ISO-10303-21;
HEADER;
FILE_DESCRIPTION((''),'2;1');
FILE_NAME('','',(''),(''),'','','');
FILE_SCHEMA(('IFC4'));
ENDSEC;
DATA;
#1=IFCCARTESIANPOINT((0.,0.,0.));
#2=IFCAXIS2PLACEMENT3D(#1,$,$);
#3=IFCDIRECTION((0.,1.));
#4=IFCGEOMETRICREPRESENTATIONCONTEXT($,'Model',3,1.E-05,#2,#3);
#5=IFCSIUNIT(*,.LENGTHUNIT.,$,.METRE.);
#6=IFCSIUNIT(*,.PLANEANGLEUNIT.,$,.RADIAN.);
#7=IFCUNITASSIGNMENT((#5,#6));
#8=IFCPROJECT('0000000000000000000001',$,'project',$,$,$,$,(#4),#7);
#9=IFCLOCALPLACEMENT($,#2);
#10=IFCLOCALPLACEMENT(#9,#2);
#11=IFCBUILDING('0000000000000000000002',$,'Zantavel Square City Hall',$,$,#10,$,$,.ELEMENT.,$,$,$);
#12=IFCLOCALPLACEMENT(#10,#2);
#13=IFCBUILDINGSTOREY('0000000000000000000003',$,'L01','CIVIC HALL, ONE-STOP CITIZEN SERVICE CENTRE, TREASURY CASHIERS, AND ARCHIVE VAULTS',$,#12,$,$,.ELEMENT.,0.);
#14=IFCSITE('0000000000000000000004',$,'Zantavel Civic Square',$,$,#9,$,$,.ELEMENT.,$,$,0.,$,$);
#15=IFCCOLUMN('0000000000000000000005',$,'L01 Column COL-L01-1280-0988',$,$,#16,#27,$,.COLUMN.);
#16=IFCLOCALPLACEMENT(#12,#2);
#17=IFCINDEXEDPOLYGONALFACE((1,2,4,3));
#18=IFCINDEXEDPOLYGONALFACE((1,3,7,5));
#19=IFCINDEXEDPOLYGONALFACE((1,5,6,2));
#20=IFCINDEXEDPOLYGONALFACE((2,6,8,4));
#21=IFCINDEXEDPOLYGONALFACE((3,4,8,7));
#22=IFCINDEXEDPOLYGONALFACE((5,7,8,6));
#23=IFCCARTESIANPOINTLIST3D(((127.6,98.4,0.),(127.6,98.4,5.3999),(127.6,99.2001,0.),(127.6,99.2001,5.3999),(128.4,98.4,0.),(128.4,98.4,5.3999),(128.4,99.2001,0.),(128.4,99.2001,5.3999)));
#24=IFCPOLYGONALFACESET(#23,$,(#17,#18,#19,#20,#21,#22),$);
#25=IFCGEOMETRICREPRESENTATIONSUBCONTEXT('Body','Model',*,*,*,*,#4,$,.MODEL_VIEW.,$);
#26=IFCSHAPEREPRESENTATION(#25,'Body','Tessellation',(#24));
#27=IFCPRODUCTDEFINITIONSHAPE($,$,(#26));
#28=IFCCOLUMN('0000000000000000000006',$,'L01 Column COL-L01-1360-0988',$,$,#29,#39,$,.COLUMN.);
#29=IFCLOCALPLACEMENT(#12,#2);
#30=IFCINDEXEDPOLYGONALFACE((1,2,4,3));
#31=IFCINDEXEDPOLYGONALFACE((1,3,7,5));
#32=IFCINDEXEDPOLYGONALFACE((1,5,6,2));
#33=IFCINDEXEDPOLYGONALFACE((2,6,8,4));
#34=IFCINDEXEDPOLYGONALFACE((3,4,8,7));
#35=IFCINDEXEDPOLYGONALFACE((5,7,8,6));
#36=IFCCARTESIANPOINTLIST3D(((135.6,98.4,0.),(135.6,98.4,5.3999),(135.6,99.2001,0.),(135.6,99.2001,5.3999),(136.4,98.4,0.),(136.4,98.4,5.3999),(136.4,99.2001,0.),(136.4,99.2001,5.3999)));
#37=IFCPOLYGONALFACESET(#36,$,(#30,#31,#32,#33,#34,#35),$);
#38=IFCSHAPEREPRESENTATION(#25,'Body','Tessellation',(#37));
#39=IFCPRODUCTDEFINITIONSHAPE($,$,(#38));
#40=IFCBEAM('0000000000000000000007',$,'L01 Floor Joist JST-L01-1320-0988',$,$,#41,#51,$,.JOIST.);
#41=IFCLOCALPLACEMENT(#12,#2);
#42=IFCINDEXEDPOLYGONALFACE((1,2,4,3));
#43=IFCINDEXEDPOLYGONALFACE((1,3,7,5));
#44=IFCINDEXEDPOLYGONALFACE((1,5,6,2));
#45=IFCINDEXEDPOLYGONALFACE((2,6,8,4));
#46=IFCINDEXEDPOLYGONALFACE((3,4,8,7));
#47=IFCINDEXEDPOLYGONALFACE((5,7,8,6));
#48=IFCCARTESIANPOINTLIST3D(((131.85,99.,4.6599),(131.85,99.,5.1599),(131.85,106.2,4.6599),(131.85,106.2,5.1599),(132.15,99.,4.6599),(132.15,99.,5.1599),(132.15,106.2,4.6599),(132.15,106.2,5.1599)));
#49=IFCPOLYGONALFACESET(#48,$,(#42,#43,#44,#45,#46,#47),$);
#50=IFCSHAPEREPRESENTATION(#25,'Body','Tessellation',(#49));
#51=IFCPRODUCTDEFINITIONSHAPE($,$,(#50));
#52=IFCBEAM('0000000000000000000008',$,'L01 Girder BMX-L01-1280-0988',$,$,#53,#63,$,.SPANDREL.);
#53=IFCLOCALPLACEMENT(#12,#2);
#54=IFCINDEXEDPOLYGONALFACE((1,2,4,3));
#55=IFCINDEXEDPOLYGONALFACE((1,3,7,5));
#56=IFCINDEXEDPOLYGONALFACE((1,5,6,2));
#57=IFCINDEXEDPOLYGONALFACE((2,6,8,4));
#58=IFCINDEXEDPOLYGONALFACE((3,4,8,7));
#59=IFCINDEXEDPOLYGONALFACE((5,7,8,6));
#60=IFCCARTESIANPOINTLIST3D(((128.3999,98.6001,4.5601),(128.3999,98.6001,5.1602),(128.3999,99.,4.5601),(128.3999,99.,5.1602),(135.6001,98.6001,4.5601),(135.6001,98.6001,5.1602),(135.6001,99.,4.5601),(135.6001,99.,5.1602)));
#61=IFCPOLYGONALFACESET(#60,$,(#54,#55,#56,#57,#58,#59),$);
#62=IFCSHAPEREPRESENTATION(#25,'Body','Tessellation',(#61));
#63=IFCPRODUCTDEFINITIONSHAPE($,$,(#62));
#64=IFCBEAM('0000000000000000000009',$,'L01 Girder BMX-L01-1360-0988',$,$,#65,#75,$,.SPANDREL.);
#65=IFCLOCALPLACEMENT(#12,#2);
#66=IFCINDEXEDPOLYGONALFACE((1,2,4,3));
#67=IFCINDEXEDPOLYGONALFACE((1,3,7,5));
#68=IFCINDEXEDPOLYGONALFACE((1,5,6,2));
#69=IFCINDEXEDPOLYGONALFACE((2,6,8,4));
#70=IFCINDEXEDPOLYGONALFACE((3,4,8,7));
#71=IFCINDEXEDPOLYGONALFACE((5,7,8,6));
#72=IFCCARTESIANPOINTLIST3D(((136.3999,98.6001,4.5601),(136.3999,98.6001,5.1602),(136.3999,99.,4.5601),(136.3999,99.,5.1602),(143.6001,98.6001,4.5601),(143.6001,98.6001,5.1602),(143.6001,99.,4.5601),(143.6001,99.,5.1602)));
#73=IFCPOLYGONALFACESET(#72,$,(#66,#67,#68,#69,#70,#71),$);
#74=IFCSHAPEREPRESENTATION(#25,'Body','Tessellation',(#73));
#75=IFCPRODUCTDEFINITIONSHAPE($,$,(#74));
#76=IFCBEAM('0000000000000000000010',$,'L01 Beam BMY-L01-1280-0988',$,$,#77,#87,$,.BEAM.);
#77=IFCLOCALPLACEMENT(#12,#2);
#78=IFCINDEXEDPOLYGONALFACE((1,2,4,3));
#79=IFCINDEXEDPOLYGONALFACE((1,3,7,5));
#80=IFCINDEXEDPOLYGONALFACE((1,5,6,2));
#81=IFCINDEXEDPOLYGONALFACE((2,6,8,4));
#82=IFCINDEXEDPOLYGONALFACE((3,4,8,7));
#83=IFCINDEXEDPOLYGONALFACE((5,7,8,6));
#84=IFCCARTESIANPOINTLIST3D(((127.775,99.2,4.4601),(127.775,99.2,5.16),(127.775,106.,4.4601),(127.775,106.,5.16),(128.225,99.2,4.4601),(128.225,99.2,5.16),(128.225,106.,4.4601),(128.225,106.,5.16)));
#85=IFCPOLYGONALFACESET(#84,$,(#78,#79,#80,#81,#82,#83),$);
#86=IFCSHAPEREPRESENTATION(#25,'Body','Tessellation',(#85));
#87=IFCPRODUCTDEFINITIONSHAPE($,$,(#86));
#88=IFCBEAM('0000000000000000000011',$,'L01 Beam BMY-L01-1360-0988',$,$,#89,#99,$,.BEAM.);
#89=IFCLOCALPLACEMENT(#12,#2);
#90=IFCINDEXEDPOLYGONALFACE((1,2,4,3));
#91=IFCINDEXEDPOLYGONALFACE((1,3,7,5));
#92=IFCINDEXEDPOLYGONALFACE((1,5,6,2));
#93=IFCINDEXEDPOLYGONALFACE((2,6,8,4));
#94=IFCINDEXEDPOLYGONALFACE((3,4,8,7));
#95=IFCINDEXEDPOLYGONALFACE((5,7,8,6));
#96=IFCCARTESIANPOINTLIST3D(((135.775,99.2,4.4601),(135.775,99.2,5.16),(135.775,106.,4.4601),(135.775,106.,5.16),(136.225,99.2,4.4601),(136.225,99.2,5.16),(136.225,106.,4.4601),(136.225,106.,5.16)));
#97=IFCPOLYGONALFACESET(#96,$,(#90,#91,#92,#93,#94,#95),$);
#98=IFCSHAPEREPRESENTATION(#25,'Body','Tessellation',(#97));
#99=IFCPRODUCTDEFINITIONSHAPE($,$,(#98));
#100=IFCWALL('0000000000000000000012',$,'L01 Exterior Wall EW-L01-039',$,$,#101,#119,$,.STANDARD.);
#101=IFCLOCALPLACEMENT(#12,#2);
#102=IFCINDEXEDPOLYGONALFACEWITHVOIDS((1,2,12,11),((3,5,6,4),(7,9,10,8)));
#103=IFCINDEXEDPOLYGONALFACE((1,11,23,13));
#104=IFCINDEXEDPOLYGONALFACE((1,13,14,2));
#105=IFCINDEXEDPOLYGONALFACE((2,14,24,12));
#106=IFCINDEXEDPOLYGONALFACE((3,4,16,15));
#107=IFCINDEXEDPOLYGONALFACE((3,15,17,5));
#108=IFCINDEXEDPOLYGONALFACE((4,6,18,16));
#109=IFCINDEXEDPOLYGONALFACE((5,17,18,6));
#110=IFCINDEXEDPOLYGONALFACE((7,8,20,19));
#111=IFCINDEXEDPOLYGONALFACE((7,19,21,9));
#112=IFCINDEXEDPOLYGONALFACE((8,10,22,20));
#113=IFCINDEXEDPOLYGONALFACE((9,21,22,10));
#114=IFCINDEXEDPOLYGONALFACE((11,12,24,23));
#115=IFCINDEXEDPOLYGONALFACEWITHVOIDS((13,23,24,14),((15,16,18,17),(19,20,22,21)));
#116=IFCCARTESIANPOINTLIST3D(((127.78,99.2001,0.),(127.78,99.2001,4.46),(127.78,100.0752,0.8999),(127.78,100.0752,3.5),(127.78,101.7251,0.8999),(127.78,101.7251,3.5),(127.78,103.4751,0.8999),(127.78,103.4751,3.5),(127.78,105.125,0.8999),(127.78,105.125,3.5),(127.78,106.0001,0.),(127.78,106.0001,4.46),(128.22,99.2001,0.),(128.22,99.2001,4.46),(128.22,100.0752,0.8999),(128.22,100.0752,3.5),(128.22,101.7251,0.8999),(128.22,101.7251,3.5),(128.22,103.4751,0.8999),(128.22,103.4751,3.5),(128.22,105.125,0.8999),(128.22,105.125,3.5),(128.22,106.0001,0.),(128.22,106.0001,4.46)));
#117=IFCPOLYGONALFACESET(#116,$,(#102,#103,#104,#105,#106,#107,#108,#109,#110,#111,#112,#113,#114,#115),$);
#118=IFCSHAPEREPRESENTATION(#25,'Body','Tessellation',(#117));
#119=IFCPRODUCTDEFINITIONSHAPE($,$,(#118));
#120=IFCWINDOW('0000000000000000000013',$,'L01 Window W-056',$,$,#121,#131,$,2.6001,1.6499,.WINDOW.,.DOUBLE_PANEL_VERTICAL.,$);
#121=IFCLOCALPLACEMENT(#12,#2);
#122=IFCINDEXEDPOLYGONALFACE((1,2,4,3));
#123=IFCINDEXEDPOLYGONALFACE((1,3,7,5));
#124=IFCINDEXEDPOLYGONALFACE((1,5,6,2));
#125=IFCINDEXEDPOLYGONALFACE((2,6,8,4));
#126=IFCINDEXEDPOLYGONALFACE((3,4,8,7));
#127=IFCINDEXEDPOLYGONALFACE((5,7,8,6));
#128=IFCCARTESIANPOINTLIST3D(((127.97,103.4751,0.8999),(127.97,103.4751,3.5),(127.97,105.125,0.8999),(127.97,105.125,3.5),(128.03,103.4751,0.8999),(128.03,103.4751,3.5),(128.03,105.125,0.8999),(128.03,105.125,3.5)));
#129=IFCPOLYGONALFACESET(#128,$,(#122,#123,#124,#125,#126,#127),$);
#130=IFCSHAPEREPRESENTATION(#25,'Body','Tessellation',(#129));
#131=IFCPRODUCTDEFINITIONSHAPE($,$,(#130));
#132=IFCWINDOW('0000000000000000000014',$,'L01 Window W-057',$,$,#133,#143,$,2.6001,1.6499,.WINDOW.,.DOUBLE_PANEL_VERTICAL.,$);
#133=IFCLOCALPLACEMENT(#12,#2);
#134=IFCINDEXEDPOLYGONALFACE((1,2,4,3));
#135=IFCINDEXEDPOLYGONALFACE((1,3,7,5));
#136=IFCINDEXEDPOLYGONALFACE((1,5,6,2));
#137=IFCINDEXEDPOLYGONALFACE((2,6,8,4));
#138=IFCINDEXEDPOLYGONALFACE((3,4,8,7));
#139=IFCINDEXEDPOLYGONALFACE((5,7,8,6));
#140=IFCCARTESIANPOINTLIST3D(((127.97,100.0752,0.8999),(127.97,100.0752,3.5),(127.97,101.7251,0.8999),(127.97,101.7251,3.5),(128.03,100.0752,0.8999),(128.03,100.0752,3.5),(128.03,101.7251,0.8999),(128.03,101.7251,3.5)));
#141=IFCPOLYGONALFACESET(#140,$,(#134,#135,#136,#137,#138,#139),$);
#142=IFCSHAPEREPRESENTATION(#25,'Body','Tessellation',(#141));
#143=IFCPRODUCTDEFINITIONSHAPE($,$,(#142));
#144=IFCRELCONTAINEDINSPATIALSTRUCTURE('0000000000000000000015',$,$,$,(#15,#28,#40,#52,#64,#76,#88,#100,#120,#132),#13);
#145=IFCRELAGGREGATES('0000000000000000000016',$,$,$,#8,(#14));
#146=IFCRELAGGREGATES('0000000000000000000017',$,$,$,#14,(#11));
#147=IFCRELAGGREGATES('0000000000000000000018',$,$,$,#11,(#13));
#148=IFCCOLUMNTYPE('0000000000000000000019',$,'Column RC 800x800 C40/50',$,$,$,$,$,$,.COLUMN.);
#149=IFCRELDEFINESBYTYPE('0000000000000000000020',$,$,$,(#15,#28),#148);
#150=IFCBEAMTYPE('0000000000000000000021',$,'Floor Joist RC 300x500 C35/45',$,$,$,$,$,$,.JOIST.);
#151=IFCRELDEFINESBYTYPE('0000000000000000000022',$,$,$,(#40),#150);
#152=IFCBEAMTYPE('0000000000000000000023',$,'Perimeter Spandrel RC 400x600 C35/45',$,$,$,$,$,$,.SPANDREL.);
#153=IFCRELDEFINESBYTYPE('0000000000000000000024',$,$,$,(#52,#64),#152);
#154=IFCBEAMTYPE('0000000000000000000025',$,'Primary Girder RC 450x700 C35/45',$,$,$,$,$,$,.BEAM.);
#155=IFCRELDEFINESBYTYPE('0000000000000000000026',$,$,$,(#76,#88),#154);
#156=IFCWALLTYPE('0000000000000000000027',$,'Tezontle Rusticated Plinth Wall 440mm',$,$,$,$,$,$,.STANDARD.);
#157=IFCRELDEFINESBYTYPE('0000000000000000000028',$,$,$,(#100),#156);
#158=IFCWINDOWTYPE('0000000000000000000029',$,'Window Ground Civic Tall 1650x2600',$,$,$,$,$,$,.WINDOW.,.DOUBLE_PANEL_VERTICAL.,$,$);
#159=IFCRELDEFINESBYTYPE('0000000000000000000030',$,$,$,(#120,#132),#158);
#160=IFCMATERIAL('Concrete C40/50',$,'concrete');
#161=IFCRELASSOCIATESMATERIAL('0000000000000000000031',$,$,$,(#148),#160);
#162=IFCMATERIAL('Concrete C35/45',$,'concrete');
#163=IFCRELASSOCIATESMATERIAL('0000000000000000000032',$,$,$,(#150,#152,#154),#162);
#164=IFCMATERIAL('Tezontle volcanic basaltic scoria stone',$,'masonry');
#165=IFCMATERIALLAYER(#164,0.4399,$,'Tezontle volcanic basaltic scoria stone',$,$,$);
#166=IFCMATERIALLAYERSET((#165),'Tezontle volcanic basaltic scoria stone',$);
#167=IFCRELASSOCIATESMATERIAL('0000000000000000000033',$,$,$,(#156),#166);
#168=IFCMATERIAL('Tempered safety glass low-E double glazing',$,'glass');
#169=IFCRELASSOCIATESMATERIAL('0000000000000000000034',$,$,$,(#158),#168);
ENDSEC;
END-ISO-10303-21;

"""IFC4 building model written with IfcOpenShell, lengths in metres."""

from ifc_helpers import new_model, si_unit, direction, frame, frame_2d, origin, origin_2d, place, context, subcontext, project, spatial, rectangle, extrude, material, layer, layer_set, material_profile, profile_set, type_object, element, fill, save


model = new_model("IFC4")

# Units and contexts
model_context = context("Model", 3, precision=1e-05, world=origin(), true_north=direction((0.0, 1.0)))
body_context = subcontext(model_context, "Body", "Model", "MODEL_VIEW")
ifc_project = project(units=[si_unit("LENGTHUNIT", "METRE"), si_unit("PLANEANGLEUNIT", "RADIAN")], contexts=[model_context])

# Site, building, storey
site_placement = place(None, origin())
site = spatial("IfcSite", under=ifc_project, at=site_placement, Name="Zantavel Civic Square", CompositionType="ELEMENT", RefElevation=0.0)
building_placement = place(site_placement, origin())
building = spatial("IfcBuilding", under=site, at=building_placement, Name="Zantavel Square City Hall", CompositionType="ELEMENT")
storey_placement = place(building_placement, origin())
storey = spatial("IfcBuildingStorey", under=building, at=storey_placement, Name="L01", Description="CIVIC HALL, ONE-STOP CITIZEN SERVICE CENTRE, TREASURY CASHIERS, AND ARCHIVE VAULTS", CompositionType="ELEMENT", Elevation=0.0)

# Columns
ifc_material_1 = material(Name="Concrete C40/50", Category="concrete")
ifc_material_profile_1 = material_profile(ifc_material_1, rectangle(XDim=0.8, YDim=0.8, at=origin_2d()), Name="RC 800x800")
ifc_profile_set_1 = profile_set([ifc_material_profile_1], Name="Concrete C40/50")
column_type = type_object("IfcColumnType", Name="Column RC 800x800 C40/50", PredefinedType="COLUMN", material=ifc_profile_set_1)
for number, where, z_axis, x_axis, name in (
    (1, (128.0, 98.8, 0.0), (0.0, 0.0, 1.0), (1.0, 0.0, 0.0), "L01 Column COL-L01-1280-0988"),
    (2, (136.0, 98.8, 0.0), (0.0, 0.0, 1.0), (1.0, 0.0, 0.0), "L01 Column COL-L01-1360-0988"),
):
    element("IfcColumn", number, at=place(storey_placement, frame(where, z_axis=z_axis, x_axis=x_axis)), inside=storey, type_object=column_type, Name=name, PredefinedType="COLUMN", context=body_context, shape_type="SweptSolid", body=[
        extrude(rectangle(XDim=0.8, YDim=0.8, at=origin_2d()), origin(), (0.0, 0.0, 1.0), 5.3999),
    ])

# Beams
ifc_material_2 = material(Name="Concrete C35/45", Category="concrete")
ifc_material_profile_2 = material_profile(ifc_material_2, rectangle(XDim=0.3, YDim=0.5, at=origin_2d()), Name="RC 300x500")
ifc_profile_set_2 = profile_set([ifc_material_profile_2], Name="Concrete C35/45")
beam_type_1 = type_object("IfcBeamType", Name="Floor Joist RC 300x500 C35/45", PredefinedType="JOIST", material=ifc_profile_set_2)
beam_placement = place(storey_placement, frame((132.0, 99.0, 4.9099), z_axis=(0.0, 1.0, 0.0), x_axis=(-1.0, 0.0, 0.0)))
element("IfcBeam", 3, at=beam_placement, inside=storey, type_object=beam_type_1, Name="L01 Floor Joist JST-L01-1320-0988", PredefinedType="JOIST", context=body_context, shape_type="SweptSolid", body=[
    extrude(rectangle(XDim=0.3, YDim=0.5, at=origin_2d()), origin(), (0.0, 0.0, 1.0), 7.2),
])
ifc_material_profile_3 = material_profile(ifc_material_2, rectangle(XDim=0.3999, YDim=0.6001, at=origin_2d()), Name="RC 400x600")
ifc_profile_set_3 = profile_set([ifc_material_profile_3], Name="Concrete C35/45")
beam_type_2 = type_object("IfcBeamType", Name="Perimeter Spandrel RC 400x600 C35/45", PredefinedType="SPANDREL", material=ifc_profile_set_3)
for number, where, z_axis, x_axis, name in (
    (4, (128.3999, 98.8, 4.8601), (1.0, 0.0, 0.0), (0.0, 1.0, 0.0), "L01 Girder BMX-L01-1280-0988"),
    (5, (136.3999, 98.8, 4.8601), (1.0, 0.0, 0.0), (0.0, 1.0, 0.0), "L01 Girder BMX-L01-1360-0988"),
):
    element("IfcBeam", number, at=place(storey_placement, frame(where, z_axis=z_axis, x_axis=x_axis)), inside=storey, type_object=beam_type_2, Name=name, PredefinedType="SPANDREL", context=body_context, shape_type="SweptSolid", body=[
        extrude(rectangle(XDim=0.3999, YDim=0.6001, at=origin_2d()), origin(), (0.0, 0.0, 1.0), 7.2002),
    ])
ifc_material_profile_4 = material_profile(ifc_material_2, rectangle(XDim=0.45, YDim=0.7, at=origin_2d()), Name="RC 450x700")
ifc_profile_set_4 = profile_set([ifc_material_profile_4], Name="Concrete C35/45")
beam_type_3 = type_object("IfcBeamType", Name="Primary Girder RC 450x700 C35/45", PredefinedType="BEAM", material=ifc_profile_set_4)
for number, where, z_axis, x_axis, name in (
    (6, (128.0, 99.2, 4.8101), (0.0, 1.0, 0.0), (-1.0, 0.0, 0.0), "L01 Beam BMY-L01-1280-0988"),
    (7, (136.0, 99.2, 4.8101), (0.0, 1.0, 0.0), (-1.0, 0.0, 0.0), "L01 Beam BMY-L01-1360-0988"),
):
    element("IfcBeam", number, at=place(storey_placement, frame(where, z_axis=z_axis, x_axis=x_axis)), inside=storey, type_object=beam_type_3, Name=name, PredefinedType="BEAM", context=body_context, shape_type="SweptSolid", body=[
        extrude(rectangle(XDim=0.45, YDim=0.7, at=origin_2d()), origin(), (0.0, 0.0, 1.0), 6.8),
    ])

# Wall, openings, windows
ifc_material_3 = material(Name="Tezontle volcanic basaltic scoria stone", Category="masonry")
ifc_layer = layer(ifc_material_3, 0.4399, Name="Tezontle volcanic basaltic scoria stone")
ifc_layer_set = layer_set([ifc_layer], Name="Tezontle volcanic basaltic scoria stone")
wall_type = type_object("IfcWallType", Name="Tezontle Rusticated Plinth Wall 440mm", PredefinedType="STANDARD", material=ifc_layer_set)
wall_1_placement = place(storey_placement, frame((128.0, 106.0, 0.0), z_axis=(0.0, 0.0, 1.0), x_axis=(0.0, -1.0, 0.0)))
wall_1 = element("IfcWall", 8, at=wall_1_placement, inside=storey, type_object=wall_type, Name="L01 Exterior Wall EW-L01-039", PredefinedType="STANDARD", context=body_context, shape_type="SweptSolid", body=[
    extrude(rectangle(XDim=6.8, YDim=0.4399, at=frame_2d((3.3999, 0.0))), origin(), (0.0, 0.0, 1.0), 4.46),
])
opening_1_placement = place(wall_1_placement, frame((0.875, 0.0, 0.8999)))
opening_1 = element("IfcOpeningElement", 9, at=opening_1_placement, cuts=wall_1, PredefinedType="OPENING", context=body_context, shape_type="SweptSolid", body=[
    extrude(rectangle(XDim=1.6499, YDim=2.6001, at=frame_2d((0.825, 1.3))), frame((0.0, 0.23, 0.0), z_axis=(0.0, -1.0, 0.0), x_axis=(1.0, 0.0, 0.0)), (0.0, 0.0, 1.0), 0.46),
])
opening_2_placement = place(wall_1_placement, frame((4.2749, 0.0, 0.8999)))
opening_2 = element("IfcOpeningElement", 10, at=opening_2_placement, cuts=wall_1, PredefinedType="OPENING", context=body_context, shape_type="SweptSolid", body=[
    extrude(rectangle(XDim=1.6499, YDim=2.6001, at=frame_2d((0.825, 1.3))), frame((0.0, 0.23, 0.0), z_axis=(0.0, -1.0, 0.0), x_axis=(1.0, 0.0, 0.0)), (0.0, 0.0, 1.0), 0.46),
])
ifc_material_4 = material(Name="Tempered safety glass low-E double glazing", Category="glass")
window_type_1 = type_object("IfcWindowType", Name="Window Ground Civic Tall 1650x2600", PartitioningType="DOUBLE_PANEL_VERTICAL", PredefinedType="WINDOW", material=ifc_material_4)
window_1_placement = place(opening_1_placement, origin())
window_1 = element("IfcWindow", 11, at=window_1_placement, inside=storey, type_object=window_type_1, Name="L01 Window W-056", OverallHeight=2.6001, OverallWidth=1.6499, PartitioningType="DOUBLE_PANEL_VERTICAL", PredefinedType="WINDOW", context=body_context, shape_type="SweptSolid", body=[
    extrude(rectangle(XDim=1.6499, YDim=2.6001, at=frame_2d((0.825, 1.3))), frame((0.0, 0.03, 0.0), z_axis=(0.0, -1.0, 0.0), x_axis=(1.0, 0.0, 0.0)), (0.0, 0.0, 1.0), 0.0601),
])
fill(opening_1, window_1)
window_2_placement = place(opening_2_placement, origin())
window_2 = element("IfcWindow", 12, at=window_2_placement, inside=storey, type_object=window_type_1, Name="L01 Window W-057", OverallHeight=2.6001, OverallWidth=1.6499, PartitioningType="DOUBLE_PANEL_VERTICAL", PredefinedType="WINDOW", context=body_context, shape_type="SweptSolid", body=[
    extrude(rectangle(XDim=1.6499, YDim=2.6001, at=frame_2d((0.825, 1.3))), frame((0.0, 0.03, 0.0), z_axis=(0.0, -1.0, 0.0), x_axis=(1.0, 0.0, 0.0)), (0.0, 0.0, 1.0), 0.0601),
])
fill(opening_2, window_2)

save(model, "model.ifc")
